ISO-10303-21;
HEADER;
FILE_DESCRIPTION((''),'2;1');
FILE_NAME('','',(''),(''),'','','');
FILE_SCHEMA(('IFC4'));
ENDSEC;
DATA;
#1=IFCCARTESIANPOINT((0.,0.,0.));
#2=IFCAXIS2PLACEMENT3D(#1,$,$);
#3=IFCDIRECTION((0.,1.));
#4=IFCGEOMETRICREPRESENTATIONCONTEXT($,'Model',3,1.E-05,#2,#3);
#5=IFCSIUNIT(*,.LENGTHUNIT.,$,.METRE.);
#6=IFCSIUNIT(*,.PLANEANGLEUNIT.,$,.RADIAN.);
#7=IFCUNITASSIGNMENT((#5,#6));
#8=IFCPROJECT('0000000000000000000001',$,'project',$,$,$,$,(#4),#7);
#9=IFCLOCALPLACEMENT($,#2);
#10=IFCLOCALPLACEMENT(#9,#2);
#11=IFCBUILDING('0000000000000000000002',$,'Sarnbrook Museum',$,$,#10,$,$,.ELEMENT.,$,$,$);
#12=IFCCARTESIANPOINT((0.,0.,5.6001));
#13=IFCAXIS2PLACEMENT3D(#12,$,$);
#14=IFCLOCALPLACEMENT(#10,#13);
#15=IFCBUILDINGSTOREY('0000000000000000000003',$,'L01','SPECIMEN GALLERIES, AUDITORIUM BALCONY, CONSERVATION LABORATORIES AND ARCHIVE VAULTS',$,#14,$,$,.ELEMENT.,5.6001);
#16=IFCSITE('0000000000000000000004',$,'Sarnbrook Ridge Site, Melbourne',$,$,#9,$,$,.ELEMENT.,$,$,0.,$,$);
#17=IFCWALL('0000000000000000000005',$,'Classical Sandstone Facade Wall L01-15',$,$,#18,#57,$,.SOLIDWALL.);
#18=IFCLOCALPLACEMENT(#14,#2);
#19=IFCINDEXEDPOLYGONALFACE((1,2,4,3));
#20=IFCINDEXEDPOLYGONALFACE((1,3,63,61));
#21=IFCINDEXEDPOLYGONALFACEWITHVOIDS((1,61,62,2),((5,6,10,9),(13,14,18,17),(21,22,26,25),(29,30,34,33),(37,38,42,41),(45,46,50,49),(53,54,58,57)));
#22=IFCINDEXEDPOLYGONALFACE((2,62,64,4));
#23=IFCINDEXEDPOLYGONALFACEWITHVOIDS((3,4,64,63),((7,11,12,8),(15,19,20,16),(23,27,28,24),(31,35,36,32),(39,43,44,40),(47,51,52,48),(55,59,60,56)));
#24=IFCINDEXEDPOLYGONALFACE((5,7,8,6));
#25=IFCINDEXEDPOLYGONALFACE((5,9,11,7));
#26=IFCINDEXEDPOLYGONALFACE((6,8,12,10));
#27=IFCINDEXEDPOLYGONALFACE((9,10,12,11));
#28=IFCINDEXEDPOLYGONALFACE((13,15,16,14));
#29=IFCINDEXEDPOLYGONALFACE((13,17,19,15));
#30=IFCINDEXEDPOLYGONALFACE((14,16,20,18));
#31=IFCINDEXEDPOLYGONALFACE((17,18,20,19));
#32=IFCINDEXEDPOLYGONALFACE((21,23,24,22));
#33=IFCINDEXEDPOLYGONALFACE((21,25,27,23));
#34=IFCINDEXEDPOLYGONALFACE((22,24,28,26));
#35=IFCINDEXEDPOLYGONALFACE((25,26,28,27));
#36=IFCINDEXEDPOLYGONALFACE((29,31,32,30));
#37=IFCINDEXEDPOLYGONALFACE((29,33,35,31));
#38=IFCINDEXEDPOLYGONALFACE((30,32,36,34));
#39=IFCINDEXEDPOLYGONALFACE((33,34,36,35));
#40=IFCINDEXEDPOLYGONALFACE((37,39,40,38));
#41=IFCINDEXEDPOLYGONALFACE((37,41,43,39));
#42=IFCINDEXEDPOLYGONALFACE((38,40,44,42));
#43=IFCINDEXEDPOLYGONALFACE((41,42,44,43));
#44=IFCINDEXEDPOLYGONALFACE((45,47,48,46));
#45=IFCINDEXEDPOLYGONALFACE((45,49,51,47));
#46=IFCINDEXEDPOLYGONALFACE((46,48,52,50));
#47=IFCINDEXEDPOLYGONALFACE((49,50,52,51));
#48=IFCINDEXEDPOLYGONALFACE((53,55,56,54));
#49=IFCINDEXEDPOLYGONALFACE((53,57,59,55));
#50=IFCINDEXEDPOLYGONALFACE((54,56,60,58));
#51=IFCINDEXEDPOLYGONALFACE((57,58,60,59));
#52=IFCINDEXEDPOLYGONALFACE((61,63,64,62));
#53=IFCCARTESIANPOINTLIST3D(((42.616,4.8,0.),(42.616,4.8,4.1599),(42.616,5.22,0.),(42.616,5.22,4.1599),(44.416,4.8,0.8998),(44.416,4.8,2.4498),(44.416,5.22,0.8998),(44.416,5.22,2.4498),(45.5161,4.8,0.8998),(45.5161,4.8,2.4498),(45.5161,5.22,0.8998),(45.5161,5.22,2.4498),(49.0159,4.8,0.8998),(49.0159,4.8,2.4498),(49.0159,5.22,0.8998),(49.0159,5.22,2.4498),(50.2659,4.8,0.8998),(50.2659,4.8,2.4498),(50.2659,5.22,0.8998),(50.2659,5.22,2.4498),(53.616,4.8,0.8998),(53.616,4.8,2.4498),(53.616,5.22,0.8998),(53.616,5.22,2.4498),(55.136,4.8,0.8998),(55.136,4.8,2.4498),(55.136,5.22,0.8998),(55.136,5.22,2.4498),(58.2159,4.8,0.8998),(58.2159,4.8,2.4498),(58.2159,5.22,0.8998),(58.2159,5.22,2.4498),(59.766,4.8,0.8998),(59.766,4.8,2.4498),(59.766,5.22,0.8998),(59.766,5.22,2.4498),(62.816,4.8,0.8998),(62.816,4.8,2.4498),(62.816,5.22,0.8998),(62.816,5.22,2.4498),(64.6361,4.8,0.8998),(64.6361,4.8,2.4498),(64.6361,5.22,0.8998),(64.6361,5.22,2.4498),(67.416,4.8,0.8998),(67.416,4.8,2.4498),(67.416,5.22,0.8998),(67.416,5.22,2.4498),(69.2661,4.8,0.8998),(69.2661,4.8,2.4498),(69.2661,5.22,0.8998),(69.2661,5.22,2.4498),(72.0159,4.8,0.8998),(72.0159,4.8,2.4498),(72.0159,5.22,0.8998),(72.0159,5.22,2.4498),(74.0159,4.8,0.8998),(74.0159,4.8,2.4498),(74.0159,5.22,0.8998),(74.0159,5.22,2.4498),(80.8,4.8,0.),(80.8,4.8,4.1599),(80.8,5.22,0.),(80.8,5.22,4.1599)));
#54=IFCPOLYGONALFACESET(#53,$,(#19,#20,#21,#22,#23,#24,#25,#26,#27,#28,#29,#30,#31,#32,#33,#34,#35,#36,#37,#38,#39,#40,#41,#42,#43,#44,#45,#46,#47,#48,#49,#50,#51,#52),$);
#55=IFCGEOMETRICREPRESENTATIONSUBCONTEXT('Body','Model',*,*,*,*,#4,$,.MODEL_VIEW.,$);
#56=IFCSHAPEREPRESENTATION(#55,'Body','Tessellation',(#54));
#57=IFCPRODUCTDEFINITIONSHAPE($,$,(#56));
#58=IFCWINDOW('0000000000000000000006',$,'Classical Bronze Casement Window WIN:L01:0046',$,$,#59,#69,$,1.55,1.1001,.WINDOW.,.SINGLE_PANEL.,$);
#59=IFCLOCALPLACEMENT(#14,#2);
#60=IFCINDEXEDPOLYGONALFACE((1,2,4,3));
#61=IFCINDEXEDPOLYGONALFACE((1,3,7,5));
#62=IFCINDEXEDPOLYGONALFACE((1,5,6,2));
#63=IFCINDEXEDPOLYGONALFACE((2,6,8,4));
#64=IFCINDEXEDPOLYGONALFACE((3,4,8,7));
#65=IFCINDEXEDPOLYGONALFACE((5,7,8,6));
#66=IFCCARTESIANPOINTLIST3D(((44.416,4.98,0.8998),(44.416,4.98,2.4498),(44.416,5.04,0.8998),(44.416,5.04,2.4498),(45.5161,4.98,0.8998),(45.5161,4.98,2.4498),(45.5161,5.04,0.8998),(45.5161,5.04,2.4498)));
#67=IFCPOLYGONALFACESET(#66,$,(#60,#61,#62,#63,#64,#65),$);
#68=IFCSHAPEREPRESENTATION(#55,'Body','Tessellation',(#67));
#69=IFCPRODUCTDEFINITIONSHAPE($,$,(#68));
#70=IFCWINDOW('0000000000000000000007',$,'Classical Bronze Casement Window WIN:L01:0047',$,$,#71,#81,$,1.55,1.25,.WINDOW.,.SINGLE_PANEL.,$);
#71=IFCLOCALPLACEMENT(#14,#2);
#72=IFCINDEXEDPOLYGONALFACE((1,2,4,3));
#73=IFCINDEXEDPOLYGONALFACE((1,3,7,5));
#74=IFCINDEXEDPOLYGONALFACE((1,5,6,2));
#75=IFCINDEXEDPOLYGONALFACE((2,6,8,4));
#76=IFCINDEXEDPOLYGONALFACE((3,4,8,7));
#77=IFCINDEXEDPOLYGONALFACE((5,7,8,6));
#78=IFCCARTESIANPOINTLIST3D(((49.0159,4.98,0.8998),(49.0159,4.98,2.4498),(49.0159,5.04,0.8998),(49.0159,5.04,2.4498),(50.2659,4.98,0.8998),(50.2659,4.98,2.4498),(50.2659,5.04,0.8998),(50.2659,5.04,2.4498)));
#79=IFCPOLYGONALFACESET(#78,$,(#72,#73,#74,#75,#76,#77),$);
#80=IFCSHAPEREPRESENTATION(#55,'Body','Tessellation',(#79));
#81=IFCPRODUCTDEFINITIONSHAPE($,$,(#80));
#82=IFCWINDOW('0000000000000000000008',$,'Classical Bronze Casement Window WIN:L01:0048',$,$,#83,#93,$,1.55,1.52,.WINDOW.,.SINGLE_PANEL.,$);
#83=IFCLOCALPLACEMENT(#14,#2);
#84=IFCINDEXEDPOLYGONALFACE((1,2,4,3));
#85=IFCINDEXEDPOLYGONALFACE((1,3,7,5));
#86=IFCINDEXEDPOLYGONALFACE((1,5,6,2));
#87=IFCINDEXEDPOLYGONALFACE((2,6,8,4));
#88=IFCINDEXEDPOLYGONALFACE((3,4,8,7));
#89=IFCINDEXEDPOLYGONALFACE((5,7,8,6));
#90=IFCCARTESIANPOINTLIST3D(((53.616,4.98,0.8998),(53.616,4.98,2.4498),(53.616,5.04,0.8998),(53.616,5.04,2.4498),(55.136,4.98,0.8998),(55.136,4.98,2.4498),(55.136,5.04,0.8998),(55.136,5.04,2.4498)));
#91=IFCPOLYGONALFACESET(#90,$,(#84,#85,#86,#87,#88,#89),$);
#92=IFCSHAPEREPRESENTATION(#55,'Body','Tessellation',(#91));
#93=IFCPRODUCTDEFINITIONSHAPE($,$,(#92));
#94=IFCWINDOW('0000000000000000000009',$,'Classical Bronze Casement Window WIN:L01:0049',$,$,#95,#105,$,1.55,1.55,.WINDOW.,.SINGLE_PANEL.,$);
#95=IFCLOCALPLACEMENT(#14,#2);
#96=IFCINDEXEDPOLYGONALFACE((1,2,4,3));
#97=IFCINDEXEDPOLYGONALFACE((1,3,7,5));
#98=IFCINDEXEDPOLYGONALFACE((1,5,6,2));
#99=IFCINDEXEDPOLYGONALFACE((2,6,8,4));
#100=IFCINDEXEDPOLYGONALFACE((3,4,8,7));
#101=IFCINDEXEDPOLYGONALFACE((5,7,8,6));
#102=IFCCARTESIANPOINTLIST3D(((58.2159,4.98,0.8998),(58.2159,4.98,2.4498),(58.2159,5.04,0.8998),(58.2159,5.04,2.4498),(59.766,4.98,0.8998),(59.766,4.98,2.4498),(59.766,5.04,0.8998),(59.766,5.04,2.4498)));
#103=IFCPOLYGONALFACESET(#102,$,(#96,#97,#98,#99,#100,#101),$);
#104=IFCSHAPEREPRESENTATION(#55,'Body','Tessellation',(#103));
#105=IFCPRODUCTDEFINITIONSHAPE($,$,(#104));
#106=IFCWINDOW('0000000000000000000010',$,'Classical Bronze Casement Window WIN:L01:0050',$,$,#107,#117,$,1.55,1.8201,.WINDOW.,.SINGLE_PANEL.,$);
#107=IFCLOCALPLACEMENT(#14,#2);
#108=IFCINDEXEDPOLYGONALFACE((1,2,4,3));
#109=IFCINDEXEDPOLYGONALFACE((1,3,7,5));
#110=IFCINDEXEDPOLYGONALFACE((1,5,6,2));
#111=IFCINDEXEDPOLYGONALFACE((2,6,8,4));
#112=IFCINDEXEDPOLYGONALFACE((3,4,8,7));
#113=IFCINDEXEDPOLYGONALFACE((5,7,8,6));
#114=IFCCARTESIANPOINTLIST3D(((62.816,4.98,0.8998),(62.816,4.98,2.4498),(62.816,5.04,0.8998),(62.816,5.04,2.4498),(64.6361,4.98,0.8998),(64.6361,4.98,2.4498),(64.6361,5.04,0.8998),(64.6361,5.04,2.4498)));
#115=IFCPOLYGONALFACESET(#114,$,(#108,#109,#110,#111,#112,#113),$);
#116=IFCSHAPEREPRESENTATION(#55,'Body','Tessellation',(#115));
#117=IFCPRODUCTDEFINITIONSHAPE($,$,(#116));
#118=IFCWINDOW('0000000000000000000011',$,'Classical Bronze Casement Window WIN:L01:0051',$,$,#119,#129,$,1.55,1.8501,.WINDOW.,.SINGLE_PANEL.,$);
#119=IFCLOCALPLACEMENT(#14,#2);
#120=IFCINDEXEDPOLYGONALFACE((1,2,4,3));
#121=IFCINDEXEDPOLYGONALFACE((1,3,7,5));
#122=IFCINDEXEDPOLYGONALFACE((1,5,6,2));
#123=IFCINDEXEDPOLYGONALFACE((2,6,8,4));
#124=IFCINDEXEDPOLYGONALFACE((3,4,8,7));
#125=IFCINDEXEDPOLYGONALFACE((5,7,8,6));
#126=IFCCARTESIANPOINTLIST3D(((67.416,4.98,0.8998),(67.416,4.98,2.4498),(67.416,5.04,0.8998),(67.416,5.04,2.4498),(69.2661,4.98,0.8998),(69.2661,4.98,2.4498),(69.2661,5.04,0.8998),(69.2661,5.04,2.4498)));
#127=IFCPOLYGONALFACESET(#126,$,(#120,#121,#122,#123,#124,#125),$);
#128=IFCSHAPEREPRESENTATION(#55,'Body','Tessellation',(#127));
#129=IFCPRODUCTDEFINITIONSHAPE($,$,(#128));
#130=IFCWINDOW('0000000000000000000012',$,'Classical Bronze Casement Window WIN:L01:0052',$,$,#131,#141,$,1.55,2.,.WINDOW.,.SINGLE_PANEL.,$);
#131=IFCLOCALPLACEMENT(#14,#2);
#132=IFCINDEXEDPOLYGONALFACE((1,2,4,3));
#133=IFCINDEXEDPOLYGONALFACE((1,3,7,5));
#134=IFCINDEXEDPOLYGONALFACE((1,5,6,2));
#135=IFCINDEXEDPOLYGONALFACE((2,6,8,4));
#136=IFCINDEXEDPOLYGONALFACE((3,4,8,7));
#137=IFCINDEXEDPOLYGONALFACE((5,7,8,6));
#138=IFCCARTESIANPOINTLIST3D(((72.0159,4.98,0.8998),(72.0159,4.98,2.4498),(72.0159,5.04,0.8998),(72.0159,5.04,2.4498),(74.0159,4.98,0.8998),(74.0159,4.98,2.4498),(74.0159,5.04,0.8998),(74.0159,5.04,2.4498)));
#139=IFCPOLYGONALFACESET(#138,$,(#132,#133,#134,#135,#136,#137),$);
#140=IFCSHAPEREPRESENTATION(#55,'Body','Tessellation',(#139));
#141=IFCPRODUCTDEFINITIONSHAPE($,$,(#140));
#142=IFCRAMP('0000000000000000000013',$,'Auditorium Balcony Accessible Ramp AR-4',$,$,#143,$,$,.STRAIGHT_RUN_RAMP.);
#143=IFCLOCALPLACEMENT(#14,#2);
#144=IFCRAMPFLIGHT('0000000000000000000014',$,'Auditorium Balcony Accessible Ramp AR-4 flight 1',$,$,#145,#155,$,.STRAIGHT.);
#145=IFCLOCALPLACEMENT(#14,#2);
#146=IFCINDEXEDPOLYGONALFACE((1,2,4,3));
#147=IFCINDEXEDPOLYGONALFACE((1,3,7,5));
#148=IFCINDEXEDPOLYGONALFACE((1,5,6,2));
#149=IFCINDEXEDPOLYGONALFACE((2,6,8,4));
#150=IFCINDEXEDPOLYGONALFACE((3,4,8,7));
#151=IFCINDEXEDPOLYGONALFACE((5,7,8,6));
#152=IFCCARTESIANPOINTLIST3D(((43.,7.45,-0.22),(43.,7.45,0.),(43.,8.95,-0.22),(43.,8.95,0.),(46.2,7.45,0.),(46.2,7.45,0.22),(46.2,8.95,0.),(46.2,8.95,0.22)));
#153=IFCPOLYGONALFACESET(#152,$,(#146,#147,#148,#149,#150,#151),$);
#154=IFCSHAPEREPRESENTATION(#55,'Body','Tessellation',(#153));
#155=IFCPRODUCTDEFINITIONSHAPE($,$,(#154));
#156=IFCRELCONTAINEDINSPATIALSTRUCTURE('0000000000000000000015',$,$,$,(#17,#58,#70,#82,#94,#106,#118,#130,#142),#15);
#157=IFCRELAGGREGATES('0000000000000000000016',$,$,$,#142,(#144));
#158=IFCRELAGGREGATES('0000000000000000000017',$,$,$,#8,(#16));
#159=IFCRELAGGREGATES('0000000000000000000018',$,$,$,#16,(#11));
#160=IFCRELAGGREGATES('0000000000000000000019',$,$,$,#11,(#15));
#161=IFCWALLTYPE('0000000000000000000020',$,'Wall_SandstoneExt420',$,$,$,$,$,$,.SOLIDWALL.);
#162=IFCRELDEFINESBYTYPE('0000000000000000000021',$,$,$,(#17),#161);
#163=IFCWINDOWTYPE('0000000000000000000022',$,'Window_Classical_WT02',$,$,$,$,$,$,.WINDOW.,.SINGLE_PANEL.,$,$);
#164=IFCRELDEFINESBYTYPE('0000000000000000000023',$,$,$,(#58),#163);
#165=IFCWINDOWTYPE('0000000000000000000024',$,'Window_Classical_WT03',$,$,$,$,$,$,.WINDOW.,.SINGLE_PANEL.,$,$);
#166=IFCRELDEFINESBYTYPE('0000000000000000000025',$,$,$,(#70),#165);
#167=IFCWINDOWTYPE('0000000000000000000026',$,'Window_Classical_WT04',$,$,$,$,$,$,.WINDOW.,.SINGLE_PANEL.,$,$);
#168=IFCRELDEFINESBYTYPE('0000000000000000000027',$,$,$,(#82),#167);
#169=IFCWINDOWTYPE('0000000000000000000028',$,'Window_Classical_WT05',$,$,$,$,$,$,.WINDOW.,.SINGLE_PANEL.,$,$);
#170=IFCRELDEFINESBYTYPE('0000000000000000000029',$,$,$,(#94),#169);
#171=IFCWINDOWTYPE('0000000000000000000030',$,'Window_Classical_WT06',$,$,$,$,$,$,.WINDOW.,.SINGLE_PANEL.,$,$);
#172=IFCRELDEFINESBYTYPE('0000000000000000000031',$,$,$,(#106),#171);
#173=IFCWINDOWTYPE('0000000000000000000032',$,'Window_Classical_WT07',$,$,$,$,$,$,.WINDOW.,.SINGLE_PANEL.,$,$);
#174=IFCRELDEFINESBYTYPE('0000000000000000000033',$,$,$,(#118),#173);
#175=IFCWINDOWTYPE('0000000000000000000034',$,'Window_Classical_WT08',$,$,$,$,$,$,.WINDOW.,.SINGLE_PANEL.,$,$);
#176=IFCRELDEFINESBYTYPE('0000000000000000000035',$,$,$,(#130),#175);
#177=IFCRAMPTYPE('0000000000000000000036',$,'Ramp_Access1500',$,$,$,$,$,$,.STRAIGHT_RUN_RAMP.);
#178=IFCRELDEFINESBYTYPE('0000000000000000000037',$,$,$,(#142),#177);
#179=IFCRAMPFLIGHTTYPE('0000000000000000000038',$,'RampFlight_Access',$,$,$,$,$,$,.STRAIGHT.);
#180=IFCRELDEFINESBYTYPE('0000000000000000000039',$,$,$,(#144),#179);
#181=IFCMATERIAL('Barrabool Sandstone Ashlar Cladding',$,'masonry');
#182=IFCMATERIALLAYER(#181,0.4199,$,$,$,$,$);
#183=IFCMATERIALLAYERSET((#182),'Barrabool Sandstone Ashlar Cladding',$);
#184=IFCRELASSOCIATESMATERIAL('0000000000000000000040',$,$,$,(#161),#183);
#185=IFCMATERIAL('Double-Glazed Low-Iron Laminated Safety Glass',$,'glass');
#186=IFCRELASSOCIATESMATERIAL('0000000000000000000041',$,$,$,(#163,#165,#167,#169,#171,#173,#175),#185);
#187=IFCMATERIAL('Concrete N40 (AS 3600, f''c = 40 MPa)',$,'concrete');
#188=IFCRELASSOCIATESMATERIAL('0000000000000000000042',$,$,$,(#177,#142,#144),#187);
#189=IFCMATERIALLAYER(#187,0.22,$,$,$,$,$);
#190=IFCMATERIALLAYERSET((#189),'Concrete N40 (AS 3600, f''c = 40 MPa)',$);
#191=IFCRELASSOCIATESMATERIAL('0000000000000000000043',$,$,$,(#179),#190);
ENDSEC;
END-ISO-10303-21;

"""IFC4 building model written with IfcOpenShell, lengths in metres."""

from ifc_helpers import new_model, si_unit, direction, frame, frame_2d, origin, place, context, subcontext, project, spatial, polyline, rectangle, outline, extrude, material, layer, layer_set, type_object, element, fill, aggregate, save


model = new_model("IFC4")

# Units and contexts
model_context = context("Model", 3, precision=1e-05, world=origin(), true_north=direction((0.0, 1.0)))
body_context = subcontext(model_context, "Body", "Model", "MODEL_VIEW")
ifc_project = project(units=[si_unit("LENGTHUNIT", "METRE"), si_unit("PLANEANGLEUNIT", "RADIAN")], contexts=[model_context])

# Site, building, storey
site_placement = place(None, origin())
site = spatial("IfcSite", under=ifc_project, at=site_placement, Name="Sarnbrook Ridge Site, Melbourne", CompositionType="ELEMENT", RefElevation=0.0)
building_placement = place(site_placement, origin())
building = spatial("IfcBuilding", under=site, at=building_placement, Name="Sarnbrook Museum", CompositionType="ELEMENT")
storey_placement = place(building_placement, frame((0.0, 0.0, 5.6001)))
storey = spatial("IfcBuildingStorey", under=building, at=storey_placement, Name="L01", Description="SPECIMEN GALLERIES, AUDITORIUM BALCONY, CONSERVATION LABORATORIES AND ARCHIVE VAULTS", CompositionType="ELEMENT", Elevation=5.6001)

# Shared definitions
ifc_material_1 = material(Name="Barrabool Sandstone Ashlar Cladding", Category="masonry")
ifc_layer_1 = layer(ifc_material_1, 0.4199)
ifc_layer_set_1 = layer_set([ifc_layer_1], Name="Barrabool Sandstone Ashlar Cladding")
wall_type = type_object("IfcWallType", Name="Wall_SandstoneExt420", PredefinedType="SOLIDWALL", material=ifc_layer_set_1)
ifc_material_2 = material(Name="Double-Glazed Low-Iron Laminated Safety Glass", Category="glass")

# Wall, openings, windows
wall_1_placement = place(storey_placement, frame((42.616, 5.01, 0.0), z_axis=(0.0, 0.0, 1.0), x_axis=(1.0, 0.0, 0.0)))
wall_1 = element("IfcWall", 1, at=wall_1_placement, inside=storey, type_object=wall_type, Name="Classical Sandstone Facade Wall L01-15", PredefinedType="SOLIDWALL", context=body_context, shape_type="SweptSolid", body=[
    extrude(rectangle(XDim=38.1841, YDim=0.4199, at=frame_2d((19.092, 0.0))), origin(), (0.0, 0.0, 1.0), 4.1599),
])
opening_1_placement = place(wall_1_placement, frame((1.8, 0.0, 0.8999)))
opening_1 = element("IfcOpeningElement", 2, at=opening_1_placement, cuts=wall_1, PredefinedType="OPENING", context=body_context, shape_type="SweptSolid", body=[
    extrude(rectangle(XDim=1.1001, YDim=1.55, at=frame_2d((0.55, 0.7749))), frame((0.0, 0.22, 0.0), z_axis=(0.0, -1.0, 0.0), x_axis=(1.0, 0.0, 0.0)), (0.0, 0.0, 1.0), 0.4399),
])
opening_2_placement = place(wall_1_placement, frame((6.3999, 0.0, 0.8999)))
opening_2 = element("IfcOpeningElement", 3, at=opening_2_placement, cuts=wall_1, PredefinedType="OPENING", context=body_context, shape_type="SweptSolid", body=[
    extrude(rectangle(XDim=1.25, YDim=1.55, at=frame_2d((0.625, 0.7749))), frame((0.0, 0.22, 0.0), z_axis=(0.0, -1.0, 0.0), x_axis=(1.0, 0.0, 0.0)), (0.0, 0.0, 1.0), 0.4399),
])
opening_3_placement = place(wall_1_placement, frame((11.0, 0.0, 0.8999)))
opening_3 = element("IfcOpeningElement", 4, at=opening_3_placement, cuts=wall_1, PredefinedType="OPENING", context=body_context, shape_type="SweptSolid", body=[
    extrude(rectangle(XDim=1.52, YDim=1.55, at=frame_2d((0.76, 0.7749))), frame((0.0, 0.22, 0.0), z_axis=(0.0, -1.0, 0.0), x_axis=(1.0, 0.0, 0.0)), (0.0, 0.0, 1.0), 0.4399),
])
opening_4_placement = place(wall_1_placement, frame((15.6001, 0.0, 0.8999)))
opening_4 = element("IfcOpeningElement", 5, at=opening_4_placement, cuts=wall_1, PredefinedType="OPENING", context=body_context, shape_type="SweptSolid", body=[
    extrude(rectangle(XDim=1.55, YDim=1.55, at=frame_2d((0.7749, 0.7749))), frame((0.0, 0.22, 0.0), z_axis=(0.0, -1.0, 0.0), x_axis=(1.0, 0.0, 0.0)), (0.0, 0.0, 1.0), 0.4399),
])
opening_5_placement = place(wall_1_placement, frame((20.2, 0.0, 0.8999)))
opening_5 = element("IfcOpeningElement", 6, at=opening_5_placement, cuts=wall_1, PredefinedType="OPENING", context=body_context, shape_type="SweptSolid", body=[
    extrude(rectangle(XDim=1.8201, YDim=1.55, at=frame_2d((0.9102, 0.7749))), frame((0.0, 0.22, 0.0), z_axis=(0.0, -1.0, 0.0), x_axis=(1.0, 0.0, 0.0)), (0.0, 0.0, 1.0), 0.4399),
])
opening_6_placement = place(wall_1_placement, frame((24.8, 0.0, 0.8999)))
opening_6 = element("IfcOpeningElement", 7, at=opening_6_placement, cuts=wall_1, PredefinedType="OPENING", context=body_context, shape_type="SweptSolid", body=[
    extrude(rectangle(XDim=1.8501, YDim=1.55, at=frame_2d((0.925, 0.7749))), frame((0.0, 0.22, 0.0), z_axis=(0.0, -1.0, 0.0), x_axis=(1.0, 0.0, 0.0)), (0.0, 0.0, 1.0), 0.4399),
])
opening_7_placement = place(wall_1_placement, frame((29.3999, 0.0, 0.8999)))
opening_7 = element("IfcOpeningElement", 8, at=opening_7_placement, cuts=wall_1, PredefinedType="OPENING", context=body_context, shape_type="SweptSolid", body=[
    extrude(rectangle(XDim=2.0, YDim=1.55, at=frame_2d((1.0, 0.7749))), frame((0.0, 0.22, 0.0), z_axis=(0.0, -1.0, 0.0), x_axis=(1.0, 0.0, 0.0)), (0.0, 0.0, 1.0), 0.4399),
])
window_type_1 = type_object("IfcWindowType", Name="Window_Classical_WT02", PartitioningType="SINGLE_PANEL", PredefinedType="WINDOW", material=ifc_material_2)
window_1_placement = place(opening_1_placement, origin())
window_1 = element("IfcWindow", 9, at=window_1_placement, inside=storey, type_object=window_type_1, Name="Classical Bronze Casement Window WIN:L01:0046", OverallHeight=1.55, OverallWidth=1.1001, PartitioningType="SINGLE_PANEL", PredefinedType="WINDOW", context=body_context, shape_type="SweptSolid", body=[
    extrude(rectangle(XDim=1.1001, YDim=1.55, at=frame_2d((0.55, 0.7749))), frame((0.0, 0.03, 0.0), z_axis=(0.0, -1.0, 0.0), x_axis=(1.0, 0.0, 0.0)), (0.0, 0.0, 1.0), 0.0601),
])
fill(opening_1, window_1)
window_type_2 = type_object("IfcWindowType", Name="Window_Classical_WT03", PartitioningType="SINGLE_PANEL", PredefinedType="WINDOW", material=ifc_material_2)
window_2_placement = place(opening_2_placement, origin())
window_2 = element("IfcWindow", 10, at=window_2_placement, inside=storey, type_object=window_type_2, Name="Classical Bronze Casement Window WIN:L01:0047", OverallHeight=1.55, OverallWidth=1.25, PartitioningType="SINGLE_PANEL", PredefinedType="WINDOW", context=body_context, shape_type="SweptSolid", body=[
    extrude(rectangle(XDim=1.25, YDim=1.55, at=frame_2d((0.625, 0.7749))), frame((0.0, 0.03, 0.0), z_axis=(0.0, -1.0, 0.0), x_axis=(1.0, 0.0, 0.0)), (0.0, 0.0, 1.0), 0.0601),
])
fill(opening_2, window_2)
window_type_3 = type_object("IfcWindowType", Name="Window_Classical_WT04", PartitioningType="SINGLE_PANEL", PredefinedType="WINDOW", material=ifc_material_2)
window_3_placement = place(opening_3_placement, origin())
window_3 = element("IfcWindow", 11, at=window_3_placement, inside=storey, type_object=window_type_3, Name="Classical Bronze Casement Window WIN:L01:0048", OverallHeight=1.55, OverallWidth=1.52, PartitioningType="SINGLE_PANEL", PredefinedType="WINDOW", context=body_context, shape_type="SweptSolid", body=[
    extrude(rectangle(XDim=1.52, YDim=1.55, at=frame_2d((0.76, 0.7749))), frame((0.0, 0.03, 0.0), z_axis=(0.0, -1.0, 0.0), x_axis=(1.0, 0.0, 0.0)), (0.0, 0.0, 1.0), 0.0601),
])
fill(opening_3, window_3)
window_type_4 = type_object("IfcWindowType", Name="Window_Classical_WT05", PartitioningType="SINGLE_PANEL", PredefinedType="WINDOW", material=ifc_material_2)
window_4_placement = place(opening_4_placement, origin())
window_4 = element("IfcWindow", 12, at=window_4_placement, inside=storey, type_object=window_type_4, Name="Classical Bronze Casement Window WIN:L01:0049", OverallHeight=1.55, OverallWidth=1.55, PartitioningType="SINGLE_PANEL", PredefinedType="WINDOW", context=body_context, shape_type="SweptSolid", body=[
    extrude(rectangle(XDim=1.55, YDim=1.55, at=frame_2d((0.7749, 0.7749))), frame((0.0, 0.03, 0.0), z_axis=(0.0, -1.0, 0.0), x_axis=(1.0, 0.0, 0.0)), (0.0, 0.0, 1.0), 0.0601),
])
fill(opening_4, window_4)
window_type_5 = type_object("IfcWindowType", Name="Window_Classical_WT06", PartitioningType="SINGLE_PANEL", PredefinedType="WINDOW", material=ifc_material_2)
window_5_placement = place(opening_5_placement, origin())
window_5 = element("IfcWindow", 13, at=window_5_placement, inside=storey, type_object=window_type_5, Name="Classical Bronze Casement Window WIN:L01:0050", OverallHeight=1.55, OverallWidth=1.8201, PartitioningType="SINGLE_PANEL", PredefinedType="WINDOW", context=body_context, shape_type="SweptSolid", body=[
    extrude(rectangle(XDim=1.8201, YDim=1.55, at=frame_2d((0.9102, 0.7749))), frame((0.0, 0.03, 0.0), z_axis=(0.0, -1.0, 0.0), x_axis=(1.0, 0.0, 0.0)), (0.0, 0.0, 1.0), 0.0601),
])
fill(opening_5, window_5)
window_type_6 = type_object("IfcWindowType", Name="Window_Classical_WT07", PartitioningType="SINGLE_PANEL", PredefinedType="WINDOW", material=ifc_material_2)
window_6_placement = place(opening_6_placement, origin())
window_6 = element("IfcWindow", 14, at=window_6_placement, inside=storey, type_object=window_type_6, Name="Classical Bronze Casement Window WIN:L01:0051", OverallHeight=1.55, OverallWidth=1.8501, PartitioningType="SINGLE_PANEL", PredefinedType="WINDOW", context=body_context, shape_type="SweptSolid", body=[
    extrude(rectangle(XDim=1.8501, YDim=1.55, at=frame_2d((0.925, 0.7749))), frame((0.0, 0.03, 0.0), z_axis=(0.0, -1.0, 0.0), x_axis=(1.0, 0.0, 0.0)), (0.0, 0.0, 1.0), 0.0601),
])
fill(opening_6, window_6)
window_type_7 = type_object("IfcWindowType", Name="Window_Classical_WT08", PartitioningType="SINGLE_PANEL", PredefinedType="WINDOW", material=ifc_material_2)
window_7_placement = place(opening_7_placement, origin())
window_7 = element("IfcWindow", 15, at=window_7_placement, inside=storey, type_object=window_type_7, Name="Classical Bronze Casement Window WIN:L01:0052", OverallHeight=1.55, OverallWidth=2.0, PartitioningType="SINGLE_PANEL", PredefinedType="WINDOW", context=body_context, shape_type="SweptSolid", body=[
    extrude(rectangle(XDim=2.0, YDim=1.55, at=frame_2d((1.0, 0.7749))), frame((0.0, 0.03, 0.0), z_axis=(0.0, -1.0, 0.0), x_axis=(1.0, 0.0, 0.0)), (0.0, 0.0, 1.0), 0.0601),
])
fill(opening_7, window_7)

# Ramp, ramp flight
ifc_material_3 = material(Name="Concrete N40 (AS 3600, f'c = 40 MPa)", Category="concrete")
ramp_type = type_object("IfcRampType", Name="Ramp_Access1500", PredefinedType="STRAIGHT_RUN_RAMP", material=ifc_material_3)
ramp_placement = place(storey_placement, origin())
ramp = element("IfcRamp", 16, at=ramp_placement, inside=storey, type_object=ramp_type, material=ifc_material_3, Name="Auditorium Balcony Accessible Ramp AR-4", PredefinedType="STRAIGHT_RUN_RAMP")
ifc_layer_2 = layer(ifc_material_3, 0.22)
ifc_layer_set_2 = layer_set([ifc_layer_2], Name="Concrete N40 (AS 3600, f'c = 40 MPa)")
ramp_flight_type = type_object("IfcRampFlightType", Name="RampFlight_Access", PredefinedType="STRAIGHT", material=ifc_layer_set_2)
ramp_flight_placement = place(storey_placement, frame((43.0, 8.2, 0.0), z_axis=(0.0, 0.0, 1.0), x_axis=(1.0, 0.0, 0.0)))
ramp_flight = element("IfcRampFlight", 17, at=ramp_flight_placement, type_object=ramp_flight_type, material=ifc_material_3, Name="Auditorium Balcony Accessible Ramp AR-4 flight 1", PredefinedType="STRAIGHT", context=body_context, shape_type="SweptSolid", body=[
    extrude(outline(polyline([(0.0, 0.0), (3.2, 0.22), (3.2, 0.0), (0.0, -0.22), (0.0, 0.0)])), frame((0.0, 0.75, 0.0), z_axis=(0.0, -1.0, 0.0), x_axis=(1.0, 0.0, 0.0)), (0.0, 0.0, 1.0), 1.5),
])
aggregate(ramp, [ramp_flight])

save(model, "model.ifc")
